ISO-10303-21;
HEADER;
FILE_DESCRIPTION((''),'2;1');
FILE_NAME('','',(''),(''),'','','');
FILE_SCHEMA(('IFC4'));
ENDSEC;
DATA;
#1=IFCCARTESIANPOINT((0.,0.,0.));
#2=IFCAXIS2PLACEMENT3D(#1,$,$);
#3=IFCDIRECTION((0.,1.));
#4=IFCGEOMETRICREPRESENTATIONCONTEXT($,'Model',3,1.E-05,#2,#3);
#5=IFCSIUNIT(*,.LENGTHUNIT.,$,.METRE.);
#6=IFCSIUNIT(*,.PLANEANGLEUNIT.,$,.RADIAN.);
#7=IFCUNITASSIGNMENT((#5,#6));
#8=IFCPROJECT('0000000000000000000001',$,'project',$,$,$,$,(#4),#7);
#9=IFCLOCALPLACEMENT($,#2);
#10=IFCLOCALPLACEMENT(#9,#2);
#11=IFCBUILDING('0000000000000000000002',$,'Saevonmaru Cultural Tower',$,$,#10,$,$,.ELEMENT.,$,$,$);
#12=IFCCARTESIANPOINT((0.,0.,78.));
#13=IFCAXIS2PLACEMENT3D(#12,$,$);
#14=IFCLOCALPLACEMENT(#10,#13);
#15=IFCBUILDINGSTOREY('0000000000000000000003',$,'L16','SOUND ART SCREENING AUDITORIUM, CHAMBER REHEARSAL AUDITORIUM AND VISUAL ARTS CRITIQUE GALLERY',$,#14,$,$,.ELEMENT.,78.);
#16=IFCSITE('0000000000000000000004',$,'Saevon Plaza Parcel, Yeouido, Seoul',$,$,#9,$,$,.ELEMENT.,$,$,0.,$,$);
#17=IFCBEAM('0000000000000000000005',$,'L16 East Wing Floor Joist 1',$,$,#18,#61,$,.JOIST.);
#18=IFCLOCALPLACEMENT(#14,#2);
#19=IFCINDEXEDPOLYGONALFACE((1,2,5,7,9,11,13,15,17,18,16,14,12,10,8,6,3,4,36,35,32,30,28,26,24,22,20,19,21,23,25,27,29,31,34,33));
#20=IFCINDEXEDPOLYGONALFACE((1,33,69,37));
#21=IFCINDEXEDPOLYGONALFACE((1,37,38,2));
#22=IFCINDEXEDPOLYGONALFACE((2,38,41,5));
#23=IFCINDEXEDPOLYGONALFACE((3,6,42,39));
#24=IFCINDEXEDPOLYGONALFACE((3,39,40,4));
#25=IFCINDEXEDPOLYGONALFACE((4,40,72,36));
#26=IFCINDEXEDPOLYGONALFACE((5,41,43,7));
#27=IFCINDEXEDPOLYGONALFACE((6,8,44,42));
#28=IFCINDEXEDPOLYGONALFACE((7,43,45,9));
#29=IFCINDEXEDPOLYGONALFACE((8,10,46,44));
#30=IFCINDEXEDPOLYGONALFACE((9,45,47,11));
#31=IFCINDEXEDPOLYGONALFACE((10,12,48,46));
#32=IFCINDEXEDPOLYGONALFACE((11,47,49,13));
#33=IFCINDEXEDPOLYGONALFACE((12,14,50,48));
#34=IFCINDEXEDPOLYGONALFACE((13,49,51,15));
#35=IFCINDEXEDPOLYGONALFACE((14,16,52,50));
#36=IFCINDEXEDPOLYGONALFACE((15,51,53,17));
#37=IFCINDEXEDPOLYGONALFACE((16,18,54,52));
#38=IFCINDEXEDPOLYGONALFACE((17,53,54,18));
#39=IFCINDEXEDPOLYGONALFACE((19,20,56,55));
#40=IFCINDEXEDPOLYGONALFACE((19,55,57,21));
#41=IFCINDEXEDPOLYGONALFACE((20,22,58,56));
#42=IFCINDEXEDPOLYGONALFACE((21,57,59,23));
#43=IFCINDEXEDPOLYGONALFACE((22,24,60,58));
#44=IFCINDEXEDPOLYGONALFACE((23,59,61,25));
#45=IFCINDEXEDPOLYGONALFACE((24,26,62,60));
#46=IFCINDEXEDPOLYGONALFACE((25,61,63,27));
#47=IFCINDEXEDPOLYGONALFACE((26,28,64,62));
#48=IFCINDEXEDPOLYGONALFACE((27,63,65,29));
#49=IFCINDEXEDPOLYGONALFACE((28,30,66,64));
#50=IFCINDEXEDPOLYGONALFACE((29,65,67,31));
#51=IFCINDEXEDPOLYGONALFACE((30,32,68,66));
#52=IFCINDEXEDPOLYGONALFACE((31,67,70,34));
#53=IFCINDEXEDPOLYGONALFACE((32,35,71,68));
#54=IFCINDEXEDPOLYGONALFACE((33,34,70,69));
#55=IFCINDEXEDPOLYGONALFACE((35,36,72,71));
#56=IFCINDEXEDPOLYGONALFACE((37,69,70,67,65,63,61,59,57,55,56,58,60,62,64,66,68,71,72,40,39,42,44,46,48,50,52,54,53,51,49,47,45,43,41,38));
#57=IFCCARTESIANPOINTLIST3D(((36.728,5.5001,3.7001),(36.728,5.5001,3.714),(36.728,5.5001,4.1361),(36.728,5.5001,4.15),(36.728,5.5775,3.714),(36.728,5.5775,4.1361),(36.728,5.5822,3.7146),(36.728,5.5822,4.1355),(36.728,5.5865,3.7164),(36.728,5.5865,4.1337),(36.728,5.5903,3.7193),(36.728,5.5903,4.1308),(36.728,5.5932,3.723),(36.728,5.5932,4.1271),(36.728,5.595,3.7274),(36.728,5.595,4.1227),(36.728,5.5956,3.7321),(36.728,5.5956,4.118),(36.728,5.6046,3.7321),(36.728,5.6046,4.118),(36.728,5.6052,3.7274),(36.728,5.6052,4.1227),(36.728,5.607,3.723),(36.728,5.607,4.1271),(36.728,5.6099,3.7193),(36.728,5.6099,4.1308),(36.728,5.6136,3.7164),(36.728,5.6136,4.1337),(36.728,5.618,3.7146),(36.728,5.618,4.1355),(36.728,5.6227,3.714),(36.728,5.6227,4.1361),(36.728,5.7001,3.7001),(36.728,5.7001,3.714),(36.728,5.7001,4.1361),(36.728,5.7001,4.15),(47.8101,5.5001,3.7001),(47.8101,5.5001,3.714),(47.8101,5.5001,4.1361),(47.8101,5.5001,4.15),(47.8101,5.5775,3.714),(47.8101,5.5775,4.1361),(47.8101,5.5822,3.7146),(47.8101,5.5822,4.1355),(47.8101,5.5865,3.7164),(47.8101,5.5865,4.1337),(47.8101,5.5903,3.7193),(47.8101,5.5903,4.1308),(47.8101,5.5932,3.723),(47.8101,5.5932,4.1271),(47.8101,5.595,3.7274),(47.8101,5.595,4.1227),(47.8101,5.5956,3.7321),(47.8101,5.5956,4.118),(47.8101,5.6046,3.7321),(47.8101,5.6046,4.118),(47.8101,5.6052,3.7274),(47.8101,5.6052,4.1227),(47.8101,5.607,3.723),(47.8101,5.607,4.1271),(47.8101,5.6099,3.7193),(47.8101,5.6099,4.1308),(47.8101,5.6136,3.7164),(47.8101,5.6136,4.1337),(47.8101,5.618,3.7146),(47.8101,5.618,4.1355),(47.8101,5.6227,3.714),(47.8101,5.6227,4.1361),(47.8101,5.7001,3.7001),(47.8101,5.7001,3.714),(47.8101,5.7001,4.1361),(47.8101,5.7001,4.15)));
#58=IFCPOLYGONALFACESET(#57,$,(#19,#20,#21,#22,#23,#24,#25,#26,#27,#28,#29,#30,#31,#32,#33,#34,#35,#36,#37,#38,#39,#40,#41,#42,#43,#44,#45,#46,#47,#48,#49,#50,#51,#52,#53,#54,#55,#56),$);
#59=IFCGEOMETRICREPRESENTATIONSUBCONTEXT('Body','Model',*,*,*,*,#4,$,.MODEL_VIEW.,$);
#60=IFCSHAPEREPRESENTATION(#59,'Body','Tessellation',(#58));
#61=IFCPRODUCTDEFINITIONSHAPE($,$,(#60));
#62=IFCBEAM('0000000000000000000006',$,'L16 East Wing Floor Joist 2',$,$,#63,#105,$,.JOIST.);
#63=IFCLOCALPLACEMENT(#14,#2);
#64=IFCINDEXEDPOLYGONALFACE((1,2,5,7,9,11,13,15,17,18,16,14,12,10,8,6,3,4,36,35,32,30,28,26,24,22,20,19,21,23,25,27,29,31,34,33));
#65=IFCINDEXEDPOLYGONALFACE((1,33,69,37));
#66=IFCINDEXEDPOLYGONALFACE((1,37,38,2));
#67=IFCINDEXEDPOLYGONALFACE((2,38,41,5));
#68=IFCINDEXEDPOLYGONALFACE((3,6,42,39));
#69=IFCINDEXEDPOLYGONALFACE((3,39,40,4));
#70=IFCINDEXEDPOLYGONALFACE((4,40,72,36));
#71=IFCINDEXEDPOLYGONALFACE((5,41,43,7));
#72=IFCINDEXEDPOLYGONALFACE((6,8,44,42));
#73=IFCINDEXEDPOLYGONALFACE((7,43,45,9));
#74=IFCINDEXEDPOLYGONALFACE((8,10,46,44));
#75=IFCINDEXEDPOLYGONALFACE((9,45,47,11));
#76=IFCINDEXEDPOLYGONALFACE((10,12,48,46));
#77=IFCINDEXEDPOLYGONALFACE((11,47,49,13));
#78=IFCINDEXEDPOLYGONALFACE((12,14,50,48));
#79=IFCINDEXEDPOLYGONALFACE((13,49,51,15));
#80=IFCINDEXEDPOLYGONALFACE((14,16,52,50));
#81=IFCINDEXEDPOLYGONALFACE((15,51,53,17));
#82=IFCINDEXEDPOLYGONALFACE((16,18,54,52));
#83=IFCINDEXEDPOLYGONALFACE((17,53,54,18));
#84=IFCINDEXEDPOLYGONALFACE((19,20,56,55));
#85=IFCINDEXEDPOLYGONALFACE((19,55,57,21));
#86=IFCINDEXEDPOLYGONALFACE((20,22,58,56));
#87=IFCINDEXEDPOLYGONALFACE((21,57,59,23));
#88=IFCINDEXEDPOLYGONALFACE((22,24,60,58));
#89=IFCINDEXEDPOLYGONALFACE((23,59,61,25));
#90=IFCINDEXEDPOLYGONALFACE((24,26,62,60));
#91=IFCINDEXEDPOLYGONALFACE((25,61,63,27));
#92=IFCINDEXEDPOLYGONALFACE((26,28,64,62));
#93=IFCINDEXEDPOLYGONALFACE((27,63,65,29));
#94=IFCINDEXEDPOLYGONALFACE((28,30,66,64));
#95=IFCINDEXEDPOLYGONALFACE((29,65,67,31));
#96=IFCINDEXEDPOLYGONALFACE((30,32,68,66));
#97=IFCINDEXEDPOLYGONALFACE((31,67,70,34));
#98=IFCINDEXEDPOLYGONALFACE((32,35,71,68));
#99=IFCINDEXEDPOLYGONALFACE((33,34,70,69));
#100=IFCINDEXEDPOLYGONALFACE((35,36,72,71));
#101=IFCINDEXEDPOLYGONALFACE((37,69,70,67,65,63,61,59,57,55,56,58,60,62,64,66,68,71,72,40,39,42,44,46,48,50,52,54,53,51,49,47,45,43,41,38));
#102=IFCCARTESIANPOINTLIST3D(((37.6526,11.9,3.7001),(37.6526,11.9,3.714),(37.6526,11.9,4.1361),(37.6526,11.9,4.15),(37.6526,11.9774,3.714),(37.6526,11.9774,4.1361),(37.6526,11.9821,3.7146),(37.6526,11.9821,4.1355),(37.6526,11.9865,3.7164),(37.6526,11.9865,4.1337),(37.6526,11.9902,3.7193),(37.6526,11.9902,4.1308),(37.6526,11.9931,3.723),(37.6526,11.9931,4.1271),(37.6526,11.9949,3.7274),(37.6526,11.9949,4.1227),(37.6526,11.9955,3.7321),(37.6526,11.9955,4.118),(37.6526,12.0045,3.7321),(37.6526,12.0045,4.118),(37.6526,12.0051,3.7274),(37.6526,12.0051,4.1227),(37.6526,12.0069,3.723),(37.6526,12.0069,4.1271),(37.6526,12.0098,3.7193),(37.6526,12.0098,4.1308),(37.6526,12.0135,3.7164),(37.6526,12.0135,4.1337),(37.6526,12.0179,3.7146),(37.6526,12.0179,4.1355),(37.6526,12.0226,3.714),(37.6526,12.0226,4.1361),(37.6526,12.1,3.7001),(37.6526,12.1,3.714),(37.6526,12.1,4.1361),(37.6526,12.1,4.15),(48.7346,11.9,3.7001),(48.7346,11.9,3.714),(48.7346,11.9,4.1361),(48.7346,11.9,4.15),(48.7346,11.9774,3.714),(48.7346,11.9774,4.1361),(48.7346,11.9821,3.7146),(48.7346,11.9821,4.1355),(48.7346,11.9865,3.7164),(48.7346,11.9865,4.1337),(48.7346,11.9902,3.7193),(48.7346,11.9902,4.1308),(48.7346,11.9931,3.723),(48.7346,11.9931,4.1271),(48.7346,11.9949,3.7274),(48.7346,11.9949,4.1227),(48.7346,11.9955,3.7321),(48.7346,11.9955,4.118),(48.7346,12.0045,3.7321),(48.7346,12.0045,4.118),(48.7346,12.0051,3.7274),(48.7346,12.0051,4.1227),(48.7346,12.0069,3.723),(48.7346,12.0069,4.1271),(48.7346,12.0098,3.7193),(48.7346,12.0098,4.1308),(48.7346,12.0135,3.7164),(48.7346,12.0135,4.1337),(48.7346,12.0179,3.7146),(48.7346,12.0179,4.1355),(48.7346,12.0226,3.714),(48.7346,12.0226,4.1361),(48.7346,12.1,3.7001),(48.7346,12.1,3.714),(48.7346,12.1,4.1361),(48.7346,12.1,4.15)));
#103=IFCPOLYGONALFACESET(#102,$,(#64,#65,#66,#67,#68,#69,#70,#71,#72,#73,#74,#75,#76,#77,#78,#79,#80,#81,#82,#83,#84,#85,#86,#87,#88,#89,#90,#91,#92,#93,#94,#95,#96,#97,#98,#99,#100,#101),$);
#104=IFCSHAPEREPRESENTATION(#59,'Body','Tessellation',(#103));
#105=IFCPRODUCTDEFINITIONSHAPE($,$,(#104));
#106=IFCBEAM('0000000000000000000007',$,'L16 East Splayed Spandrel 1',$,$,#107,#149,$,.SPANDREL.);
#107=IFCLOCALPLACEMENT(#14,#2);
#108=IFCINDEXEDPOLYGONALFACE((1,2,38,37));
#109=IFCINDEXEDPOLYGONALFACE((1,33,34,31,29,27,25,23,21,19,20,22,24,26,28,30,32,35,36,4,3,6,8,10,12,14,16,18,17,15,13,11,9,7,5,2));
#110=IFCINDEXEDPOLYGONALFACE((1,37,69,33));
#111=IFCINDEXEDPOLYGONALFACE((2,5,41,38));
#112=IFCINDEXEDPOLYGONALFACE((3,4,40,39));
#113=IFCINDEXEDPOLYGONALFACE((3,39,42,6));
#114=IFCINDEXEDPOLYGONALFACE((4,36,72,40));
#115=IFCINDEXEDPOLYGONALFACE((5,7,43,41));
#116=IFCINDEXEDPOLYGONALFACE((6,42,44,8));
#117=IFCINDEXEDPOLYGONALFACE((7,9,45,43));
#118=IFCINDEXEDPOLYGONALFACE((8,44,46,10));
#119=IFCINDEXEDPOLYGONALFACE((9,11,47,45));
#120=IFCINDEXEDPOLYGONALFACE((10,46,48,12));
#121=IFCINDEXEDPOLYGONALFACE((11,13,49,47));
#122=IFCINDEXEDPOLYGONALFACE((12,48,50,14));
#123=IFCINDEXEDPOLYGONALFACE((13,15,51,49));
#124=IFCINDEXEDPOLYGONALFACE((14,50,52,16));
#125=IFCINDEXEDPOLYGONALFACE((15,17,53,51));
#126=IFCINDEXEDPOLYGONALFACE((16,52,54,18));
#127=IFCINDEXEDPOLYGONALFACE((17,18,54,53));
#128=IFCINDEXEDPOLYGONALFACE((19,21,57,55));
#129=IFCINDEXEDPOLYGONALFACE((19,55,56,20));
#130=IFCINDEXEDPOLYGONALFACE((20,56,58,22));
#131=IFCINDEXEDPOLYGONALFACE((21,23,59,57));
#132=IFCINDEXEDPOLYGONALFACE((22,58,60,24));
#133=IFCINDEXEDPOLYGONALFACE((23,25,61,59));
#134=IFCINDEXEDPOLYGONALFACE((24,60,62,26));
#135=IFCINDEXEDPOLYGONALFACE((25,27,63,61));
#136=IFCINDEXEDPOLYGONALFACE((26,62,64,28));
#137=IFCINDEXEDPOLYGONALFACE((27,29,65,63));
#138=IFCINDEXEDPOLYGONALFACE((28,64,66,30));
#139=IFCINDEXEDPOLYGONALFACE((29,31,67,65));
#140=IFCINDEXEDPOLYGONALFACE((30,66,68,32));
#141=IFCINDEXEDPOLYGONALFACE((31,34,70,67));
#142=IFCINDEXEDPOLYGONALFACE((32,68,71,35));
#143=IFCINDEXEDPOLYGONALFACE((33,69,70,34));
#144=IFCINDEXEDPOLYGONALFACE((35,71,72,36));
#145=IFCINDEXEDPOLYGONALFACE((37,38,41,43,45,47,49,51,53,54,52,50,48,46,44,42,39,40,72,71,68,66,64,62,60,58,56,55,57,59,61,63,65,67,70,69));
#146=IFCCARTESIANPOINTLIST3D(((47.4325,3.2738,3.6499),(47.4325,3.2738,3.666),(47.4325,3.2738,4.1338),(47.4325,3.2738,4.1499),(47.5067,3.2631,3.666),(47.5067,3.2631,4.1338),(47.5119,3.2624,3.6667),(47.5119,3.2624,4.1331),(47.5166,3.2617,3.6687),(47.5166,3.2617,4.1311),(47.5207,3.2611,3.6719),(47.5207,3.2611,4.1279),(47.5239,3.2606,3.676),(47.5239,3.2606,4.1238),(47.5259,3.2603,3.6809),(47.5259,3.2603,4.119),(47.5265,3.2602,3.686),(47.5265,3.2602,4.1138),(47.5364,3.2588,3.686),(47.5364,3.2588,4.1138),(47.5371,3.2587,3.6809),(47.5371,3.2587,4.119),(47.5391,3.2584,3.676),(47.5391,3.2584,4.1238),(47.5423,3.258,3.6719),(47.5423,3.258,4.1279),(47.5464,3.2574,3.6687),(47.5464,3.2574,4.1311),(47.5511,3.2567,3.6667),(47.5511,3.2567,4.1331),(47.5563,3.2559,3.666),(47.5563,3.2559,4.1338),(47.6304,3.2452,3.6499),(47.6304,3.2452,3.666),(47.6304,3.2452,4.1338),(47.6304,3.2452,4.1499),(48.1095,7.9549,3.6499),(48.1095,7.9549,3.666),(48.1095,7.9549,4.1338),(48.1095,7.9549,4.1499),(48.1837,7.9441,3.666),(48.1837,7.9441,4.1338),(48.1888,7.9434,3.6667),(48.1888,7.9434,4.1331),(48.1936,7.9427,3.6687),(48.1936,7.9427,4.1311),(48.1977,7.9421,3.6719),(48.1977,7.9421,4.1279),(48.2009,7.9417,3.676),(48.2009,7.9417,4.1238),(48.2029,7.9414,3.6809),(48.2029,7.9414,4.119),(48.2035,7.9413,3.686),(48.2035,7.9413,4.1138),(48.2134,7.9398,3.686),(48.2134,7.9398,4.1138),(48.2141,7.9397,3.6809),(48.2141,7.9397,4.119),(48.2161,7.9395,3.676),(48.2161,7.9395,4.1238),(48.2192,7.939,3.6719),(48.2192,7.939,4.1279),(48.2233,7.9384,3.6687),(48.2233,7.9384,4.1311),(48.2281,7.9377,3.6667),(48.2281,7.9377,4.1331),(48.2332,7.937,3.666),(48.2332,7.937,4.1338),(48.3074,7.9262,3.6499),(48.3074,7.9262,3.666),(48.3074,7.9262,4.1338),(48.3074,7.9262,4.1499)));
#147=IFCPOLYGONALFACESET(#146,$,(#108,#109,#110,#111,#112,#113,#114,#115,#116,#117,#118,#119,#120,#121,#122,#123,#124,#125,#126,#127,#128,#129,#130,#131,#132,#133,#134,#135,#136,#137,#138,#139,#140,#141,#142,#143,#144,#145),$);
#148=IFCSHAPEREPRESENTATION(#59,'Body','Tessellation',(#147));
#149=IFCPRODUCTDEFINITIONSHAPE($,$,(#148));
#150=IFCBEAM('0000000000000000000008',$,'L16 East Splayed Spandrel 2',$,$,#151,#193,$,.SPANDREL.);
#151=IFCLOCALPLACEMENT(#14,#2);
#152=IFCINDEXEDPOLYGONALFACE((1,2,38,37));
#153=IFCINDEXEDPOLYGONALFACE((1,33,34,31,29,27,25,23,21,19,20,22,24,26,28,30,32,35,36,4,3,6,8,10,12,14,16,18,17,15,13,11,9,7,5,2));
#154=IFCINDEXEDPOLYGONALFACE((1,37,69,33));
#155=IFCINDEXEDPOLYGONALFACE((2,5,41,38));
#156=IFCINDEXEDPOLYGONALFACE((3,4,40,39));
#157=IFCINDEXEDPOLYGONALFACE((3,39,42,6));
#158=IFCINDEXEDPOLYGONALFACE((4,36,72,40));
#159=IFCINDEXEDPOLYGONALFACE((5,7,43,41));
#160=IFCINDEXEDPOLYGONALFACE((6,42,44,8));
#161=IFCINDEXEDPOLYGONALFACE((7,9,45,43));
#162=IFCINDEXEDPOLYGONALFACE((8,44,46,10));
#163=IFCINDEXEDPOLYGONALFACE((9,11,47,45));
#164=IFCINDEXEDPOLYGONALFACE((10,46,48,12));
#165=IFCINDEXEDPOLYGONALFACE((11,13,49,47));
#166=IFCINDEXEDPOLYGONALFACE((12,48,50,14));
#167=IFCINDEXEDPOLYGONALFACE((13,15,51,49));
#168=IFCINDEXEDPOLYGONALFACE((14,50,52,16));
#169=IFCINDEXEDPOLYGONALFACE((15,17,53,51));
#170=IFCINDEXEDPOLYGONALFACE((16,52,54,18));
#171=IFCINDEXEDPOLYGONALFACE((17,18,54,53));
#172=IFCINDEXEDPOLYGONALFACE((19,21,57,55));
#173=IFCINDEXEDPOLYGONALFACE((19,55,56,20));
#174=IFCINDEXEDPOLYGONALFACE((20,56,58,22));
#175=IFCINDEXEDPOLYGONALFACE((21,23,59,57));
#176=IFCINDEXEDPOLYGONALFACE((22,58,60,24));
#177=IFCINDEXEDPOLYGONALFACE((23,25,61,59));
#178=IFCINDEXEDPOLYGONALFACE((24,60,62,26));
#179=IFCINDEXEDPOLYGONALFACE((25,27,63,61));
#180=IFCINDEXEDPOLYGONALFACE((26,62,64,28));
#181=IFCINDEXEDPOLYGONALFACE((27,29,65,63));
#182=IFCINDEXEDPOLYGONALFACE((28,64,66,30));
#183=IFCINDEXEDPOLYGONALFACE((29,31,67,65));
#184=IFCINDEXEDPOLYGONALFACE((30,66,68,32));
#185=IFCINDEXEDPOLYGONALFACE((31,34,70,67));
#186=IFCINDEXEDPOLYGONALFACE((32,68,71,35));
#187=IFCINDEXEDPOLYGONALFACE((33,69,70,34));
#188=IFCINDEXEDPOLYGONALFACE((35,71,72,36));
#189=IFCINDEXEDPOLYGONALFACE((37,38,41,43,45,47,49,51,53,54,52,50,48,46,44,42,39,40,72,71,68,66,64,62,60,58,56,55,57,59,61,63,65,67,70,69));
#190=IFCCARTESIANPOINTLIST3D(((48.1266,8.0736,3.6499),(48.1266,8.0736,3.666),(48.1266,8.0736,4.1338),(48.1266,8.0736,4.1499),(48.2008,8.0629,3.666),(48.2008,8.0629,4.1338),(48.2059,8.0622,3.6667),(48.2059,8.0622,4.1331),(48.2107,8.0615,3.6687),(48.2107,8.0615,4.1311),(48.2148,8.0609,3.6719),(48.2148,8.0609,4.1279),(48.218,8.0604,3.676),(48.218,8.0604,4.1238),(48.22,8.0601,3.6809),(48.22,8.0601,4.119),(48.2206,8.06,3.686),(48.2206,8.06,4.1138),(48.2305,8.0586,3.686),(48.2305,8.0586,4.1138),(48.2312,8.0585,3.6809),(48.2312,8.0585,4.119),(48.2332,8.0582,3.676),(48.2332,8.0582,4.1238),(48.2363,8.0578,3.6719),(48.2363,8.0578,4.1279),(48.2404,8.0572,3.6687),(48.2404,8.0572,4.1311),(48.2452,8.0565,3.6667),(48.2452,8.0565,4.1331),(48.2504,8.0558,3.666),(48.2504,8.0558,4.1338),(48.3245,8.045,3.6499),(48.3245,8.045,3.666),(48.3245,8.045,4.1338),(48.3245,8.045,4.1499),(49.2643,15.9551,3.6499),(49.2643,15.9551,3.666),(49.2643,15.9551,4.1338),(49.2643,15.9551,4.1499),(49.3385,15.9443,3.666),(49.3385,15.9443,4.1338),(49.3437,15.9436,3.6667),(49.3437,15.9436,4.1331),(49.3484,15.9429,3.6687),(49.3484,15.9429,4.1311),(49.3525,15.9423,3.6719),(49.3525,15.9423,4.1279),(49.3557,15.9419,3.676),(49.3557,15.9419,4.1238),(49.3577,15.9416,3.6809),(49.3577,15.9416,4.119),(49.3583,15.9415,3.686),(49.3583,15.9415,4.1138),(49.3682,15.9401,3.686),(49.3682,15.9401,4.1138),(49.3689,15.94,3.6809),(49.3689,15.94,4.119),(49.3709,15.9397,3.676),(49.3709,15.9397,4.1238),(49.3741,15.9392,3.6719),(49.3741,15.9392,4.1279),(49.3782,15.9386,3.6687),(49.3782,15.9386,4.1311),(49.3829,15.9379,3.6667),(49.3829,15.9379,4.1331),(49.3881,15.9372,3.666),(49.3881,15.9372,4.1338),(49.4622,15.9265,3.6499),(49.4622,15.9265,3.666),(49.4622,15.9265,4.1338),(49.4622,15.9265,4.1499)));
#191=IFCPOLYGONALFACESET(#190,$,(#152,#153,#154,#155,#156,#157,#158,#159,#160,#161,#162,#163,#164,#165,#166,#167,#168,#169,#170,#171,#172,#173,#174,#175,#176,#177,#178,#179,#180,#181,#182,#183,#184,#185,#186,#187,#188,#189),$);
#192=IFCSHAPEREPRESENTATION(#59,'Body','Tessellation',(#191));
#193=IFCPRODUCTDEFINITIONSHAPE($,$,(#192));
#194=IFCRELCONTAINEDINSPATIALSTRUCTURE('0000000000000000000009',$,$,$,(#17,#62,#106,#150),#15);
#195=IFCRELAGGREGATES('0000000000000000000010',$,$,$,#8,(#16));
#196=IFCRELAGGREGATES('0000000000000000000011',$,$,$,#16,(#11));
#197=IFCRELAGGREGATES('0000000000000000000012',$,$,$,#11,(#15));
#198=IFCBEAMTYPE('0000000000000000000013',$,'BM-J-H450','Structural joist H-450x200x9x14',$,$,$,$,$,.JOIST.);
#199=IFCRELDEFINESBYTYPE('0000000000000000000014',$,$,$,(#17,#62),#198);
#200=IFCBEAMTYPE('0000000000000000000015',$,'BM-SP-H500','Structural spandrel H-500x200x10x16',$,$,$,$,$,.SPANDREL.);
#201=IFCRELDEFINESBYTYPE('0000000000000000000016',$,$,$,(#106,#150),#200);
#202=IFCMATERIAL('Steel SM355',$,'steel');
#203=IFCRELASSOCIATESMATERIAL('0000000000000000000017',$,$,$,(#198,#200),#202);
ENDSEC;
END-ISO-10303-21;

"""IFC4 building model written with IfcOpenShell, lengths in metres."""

from ifc_helpers import new_model, si_unit, direction, frame, origin, origin_2d, place, context, subcontext, project, spatial, i_section, extrude, material, material_profile, profile_set, type_object, element, save


model = new_model("IFC4")

# Units and contexts
model_context = context("Model", 3, precision=1e-05, world=origin(), true_north=direction((0.0, 1.0)))
body_context = subcontext(model_context, "Body", "Model", "MODEL_VIEW")
ifc_project = project(units=[si_unit("LENGTHUNIT", "METRE"), si_unit("PLANEANGLEUNIT", "RADIAN")], contexts=[model_context])

# Site, building, storey
site_placement = place(None, origin())
site = spatial("IfcSite", under=ifc_project, at=site_placement, Name="Saevon Plaza Parcel, Yeouido, Seoul", CompositionType="ELEMENT", RefElevation=0.0)
building_placement = place(site_placement, origin())
building = spatial("IfcBuilding", under=site, at=building_placement, Name="Saevonmaru Cultural Tower", CompositionType="ELEMENT")
storey_placement = place(building_placement, frame((0.0, 0.0, 78.0)))
storey = spatial("IfcBuildingStorey", under=building, at=storey_placement, Name="L16", Description="SOUND ART SCREENING AUDITORIUM, CHAMBER REHEARSAL AUDITORIUM AND VISUAL ARTS CRITIQUE GALLERY", CompositionType="ELEMENT", Elevation=78.0)

# Beams
ifc_material_1 = material(Name="Steel SM355", Category="steel")
ifc_material_profile_1 = material_profile(ifc_material_1, i_section(OverallWidth=0.2, OverallDepth=0.45, WebThickness=0.009, FlangeThickness=0.0139, FilletRadius=0.0181, at=origin_2d()), Name="H-450x200x9x14")
ifc_profile_set_1 = profile_set([ifc_material_profile_1], Name="Steel SM355")
beam_type_1 = type_object("IfcBeamType", Name="BM-J-H450", Description="Structural joist H-450x200x9x14", PredefinedType="JOIST", material=ifc_profile_set_1)
for number, where, z_axis, x_axis, name in (
    (1, (36.728, 5.6001, 3.925), (1.0, 0.0, 0.0), (0.0, 1.0, 0.0), "L16 East Wing Floor Joist 1"),
    (2, (37.6526, 12.0, 3.925), (1.0, 0.0, 0.0), (0.0, 1.0, 0.0), "L16 East Wing Floor Joist 2"),
):
    element("IfcBeam", number, at=place(storey_placement, frame(where, z_axis=z_axis, x_axis=x_axis)), inside=storey, type_object=beam_type_1, Name=name, PredefinedType="JOIST", context=body_context, shape_type="SweptSolid", body=[
        extrude(i_section(OverallWidth=0.2, OverallDepth=0.45, WebThickness=0.009, FlangeThickness=0.0139, FilletRadius=0.0181, at=origin_2d()), origin(), (0.0, 0.0, 1.0), 11.082),
    ])
ifc_material_profile_2 = material_profile(ifc_material_1, i_section(OverallWidth=0.2, OverallDepth=0.5, WebThickness=0.01, FlangeThickness=0.0161, FilletRadius=0.02, at=origin_2d()), Name="H-500x200x10x16")
ifc_profile_set_2 = profile_set([ifc_material_profile_2], Name="Steel SM355")
beam_type_2 = type_object("IfcBeamType", Name="BM-SP-H500", Description="Structural spandrel H-500x200x10x16", PredefinedType="SPANDREL", material=ifc_profile_set_2)
beam_1_placement = place(storey_placement, frame((47.5315, 3.2595, 3.8999), z_axis=(0.143134, 0.989703, 0.0), x_axis=(-0.989703, 0.143134, 0.0)))
element("IfcBeam", 3, at=beam_1_placement, inside=storey, type_object=beam_type_2, Name="L16 East Splayed Spandrel 1", PredefinedType="SPANDREL", context=body_context, shape_type="SweptSolid", body=[
    extrude(i_section(OverallWidth=0.2, OverallDepth=0.5, WebThickness=0.01, FlangeThickness=0.0161, FilletRadius=0.02, at=origin_2d()), origin(), (0.0, 0.0, 1.0), 4.7297),
])
beam_2_placement = place(storey_placement, frame((48.2256, 8.0593, 3.8999), z_axis=(0.142872, 0.989741, 0.0), x_axis=(-0.989741, 0.142872, 0.0)))
element("IfcBeam", 4, at=beam_2_placement, inside=storey, type_object=beam_type_2, Name="L16 East Splayed Spandrel 2", PredefinedType="SPANDREL", context=body_context, shape_type="SweptSolid", body=[
    extrude(i_section(OverallWidth=0.2, OverallDepth=0.5, WebThickness=0.01, FlangeThickness=0.0161, FilletRadius=0.02, at=origin_2d()), origin(), (0.0, 0.0, 1.0), 7.9631),
])

save(model, "model.ifc")
